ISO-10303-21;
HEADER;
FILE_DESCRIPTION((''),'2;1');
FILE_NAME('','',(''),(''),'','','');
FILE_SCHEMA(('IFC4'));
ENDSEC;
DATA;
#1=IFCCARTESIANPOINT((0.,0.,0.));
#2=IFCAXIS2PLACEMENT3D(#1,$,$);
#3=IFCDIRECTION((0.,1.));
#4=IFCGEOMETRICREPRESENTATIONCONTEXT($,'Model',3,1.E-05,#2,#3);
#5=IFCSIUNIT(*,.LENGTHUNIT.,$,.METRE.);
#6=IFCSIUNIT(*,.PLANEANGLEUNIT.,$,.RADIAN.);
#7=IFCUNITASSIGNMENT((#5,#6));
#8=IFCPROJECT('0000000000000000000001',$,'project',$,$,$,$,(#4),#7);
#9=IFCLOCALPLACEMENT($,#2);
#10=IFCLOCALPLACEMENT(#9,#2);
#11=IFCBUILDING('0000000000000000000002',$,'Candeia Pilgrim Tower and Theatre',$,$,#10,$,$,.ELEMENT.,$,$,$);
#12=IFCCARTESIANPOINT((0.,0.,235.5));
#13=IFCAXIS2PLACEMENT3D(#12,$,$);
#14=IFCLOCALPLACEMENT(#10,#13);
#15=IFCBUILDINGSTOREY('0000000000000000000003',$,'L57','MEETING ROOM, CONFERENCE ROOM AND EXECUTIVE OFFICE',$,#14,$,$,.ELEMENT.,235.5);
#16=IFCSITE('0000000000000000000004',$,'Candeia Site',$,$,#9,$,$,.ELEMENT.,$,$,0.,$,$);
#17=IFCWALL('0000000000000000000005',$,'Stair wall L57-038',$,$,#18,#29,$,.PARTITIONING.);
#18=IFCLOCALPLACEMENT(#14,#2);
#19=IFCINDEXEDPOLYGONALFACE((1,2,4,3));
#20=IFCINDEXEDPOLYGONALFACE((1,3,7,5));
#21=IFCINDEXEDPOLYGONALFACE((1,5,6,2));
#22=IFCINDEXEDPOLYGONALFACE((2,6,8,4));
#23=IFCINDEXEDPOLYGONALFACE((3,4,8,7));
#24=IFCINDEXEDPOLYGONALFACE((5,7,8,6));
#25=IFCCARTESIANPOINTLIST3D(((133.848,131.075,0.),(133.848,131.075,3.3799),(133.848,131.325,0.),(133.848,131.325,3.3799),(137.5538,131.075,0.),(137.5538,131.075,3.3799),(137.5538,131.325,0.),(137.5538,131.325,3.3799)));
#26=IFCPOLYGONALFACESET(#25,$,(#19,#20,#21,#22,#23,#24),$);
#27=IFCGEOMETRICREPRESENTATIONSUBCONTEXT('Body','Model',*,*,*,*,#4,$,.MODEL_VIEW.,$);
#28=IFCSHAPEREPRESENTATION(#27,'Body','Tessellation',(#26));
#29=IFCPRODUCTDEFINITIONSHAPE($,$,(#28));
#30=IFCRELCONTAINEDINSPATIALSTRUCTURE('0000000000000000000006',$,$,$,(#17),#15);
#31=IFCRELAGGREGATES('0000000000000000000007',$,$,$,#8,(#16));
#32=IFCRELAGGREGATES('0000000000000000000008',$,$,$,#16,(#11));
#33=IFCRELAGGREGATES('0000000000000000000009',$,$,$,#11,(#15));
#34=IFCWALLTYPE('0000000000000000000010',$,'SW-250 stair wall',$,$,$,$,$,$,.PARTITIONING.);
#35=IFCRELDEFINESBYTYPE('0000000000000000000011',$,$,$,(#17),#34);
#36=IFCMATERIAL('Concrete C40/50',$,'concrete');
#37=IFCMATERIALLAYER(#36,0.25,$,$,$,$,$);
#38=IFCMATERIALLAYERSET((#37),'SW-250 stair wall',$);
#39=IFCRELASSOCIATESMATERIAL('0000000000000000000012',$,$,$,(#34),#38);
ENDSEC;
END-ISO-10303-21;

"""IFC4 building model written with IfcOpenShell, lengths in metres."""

from ifc_helpers import new_model, si_unit, direction, frame, frame_2d, origin, place, context, subcontext, project, spatial, rectangle, extrude, material, layer, layer_set, type_object, element, save


model = new_model("IFC4")

# Units and contexts
model_context = context("Model", 3, precision=1e-05, world=origin(), true_north=direction((0.0, 1.0)))
body_context = subcontext(model_context, "Body", "Model", "MODEL_VIEW")
ifc_project = project(units=[si_unit("LENGTHUNIT", "METRE"), si_unit("PLANEANGLEUNIT", "RADIAN")], contexts=[model_context])

# Site, building, storey
site_placement = place(None, origin())
site = spatial("IfcSite", under=ifc_project, at=site_placement, Name="Candeia Site", CompositionType="ELEMENT", RefElevation=0.0)
building_placement = place(site_placement, origin())
building = spatial("IfcBuilding", under=site, at=building_placement, Name="Candeia Pilgrim Tower and Theatre", CompositionType="ELEMENT")
storey_placement = place(building_placement, frame((0.0, 0.0, 235.5)))
storey = spatial("IfcBuildingStorey", under=building, at=storey_placement, Name="L57", Description="MEETING ROOM, CONFERENCE ROOM AND EXECUTIVE OFFICE", CompositionType="ELEMENT", Elevation=235.5)

# Shared definitions
ifc_material_1 = material(Name="Concrete C40/50", Category="concrete")

# Wall
ifc_layer_1 = layer(ifc_material_1, 0.25)
ifc_layer_set_1 = layer_set([ifc_layer_1], Name="SW-250 stair wall")
wall_type_1 = type_object("IfcWallType", Name="SW-250 stair wall", PredefinedType="PARTITIONING", material=ifc_layer_set_1)
wall_1_placement = place(storey_placement, frame((133.8479, 131.2, 0.0), z_axis=(0.0, 0.0, 1.0), x_axis=(1.0, 0.0, 0.0)))
element("IfcWall", 1, at=wall_1_placement, inside=storey, type_object=wall_type_1, Name="Stair wall L57-038", PredefinedType="PARTITIONING", context=body_context, shape_type="SweptSolid", body=[
    extrude(rectangle(XDim=3.7058, YDim=0.25, at=frame_2d((1.853, 0.0))), origin(), (0.0, 0.0, 1.0), 3.3799),
])

save(model, "model.ifc")
